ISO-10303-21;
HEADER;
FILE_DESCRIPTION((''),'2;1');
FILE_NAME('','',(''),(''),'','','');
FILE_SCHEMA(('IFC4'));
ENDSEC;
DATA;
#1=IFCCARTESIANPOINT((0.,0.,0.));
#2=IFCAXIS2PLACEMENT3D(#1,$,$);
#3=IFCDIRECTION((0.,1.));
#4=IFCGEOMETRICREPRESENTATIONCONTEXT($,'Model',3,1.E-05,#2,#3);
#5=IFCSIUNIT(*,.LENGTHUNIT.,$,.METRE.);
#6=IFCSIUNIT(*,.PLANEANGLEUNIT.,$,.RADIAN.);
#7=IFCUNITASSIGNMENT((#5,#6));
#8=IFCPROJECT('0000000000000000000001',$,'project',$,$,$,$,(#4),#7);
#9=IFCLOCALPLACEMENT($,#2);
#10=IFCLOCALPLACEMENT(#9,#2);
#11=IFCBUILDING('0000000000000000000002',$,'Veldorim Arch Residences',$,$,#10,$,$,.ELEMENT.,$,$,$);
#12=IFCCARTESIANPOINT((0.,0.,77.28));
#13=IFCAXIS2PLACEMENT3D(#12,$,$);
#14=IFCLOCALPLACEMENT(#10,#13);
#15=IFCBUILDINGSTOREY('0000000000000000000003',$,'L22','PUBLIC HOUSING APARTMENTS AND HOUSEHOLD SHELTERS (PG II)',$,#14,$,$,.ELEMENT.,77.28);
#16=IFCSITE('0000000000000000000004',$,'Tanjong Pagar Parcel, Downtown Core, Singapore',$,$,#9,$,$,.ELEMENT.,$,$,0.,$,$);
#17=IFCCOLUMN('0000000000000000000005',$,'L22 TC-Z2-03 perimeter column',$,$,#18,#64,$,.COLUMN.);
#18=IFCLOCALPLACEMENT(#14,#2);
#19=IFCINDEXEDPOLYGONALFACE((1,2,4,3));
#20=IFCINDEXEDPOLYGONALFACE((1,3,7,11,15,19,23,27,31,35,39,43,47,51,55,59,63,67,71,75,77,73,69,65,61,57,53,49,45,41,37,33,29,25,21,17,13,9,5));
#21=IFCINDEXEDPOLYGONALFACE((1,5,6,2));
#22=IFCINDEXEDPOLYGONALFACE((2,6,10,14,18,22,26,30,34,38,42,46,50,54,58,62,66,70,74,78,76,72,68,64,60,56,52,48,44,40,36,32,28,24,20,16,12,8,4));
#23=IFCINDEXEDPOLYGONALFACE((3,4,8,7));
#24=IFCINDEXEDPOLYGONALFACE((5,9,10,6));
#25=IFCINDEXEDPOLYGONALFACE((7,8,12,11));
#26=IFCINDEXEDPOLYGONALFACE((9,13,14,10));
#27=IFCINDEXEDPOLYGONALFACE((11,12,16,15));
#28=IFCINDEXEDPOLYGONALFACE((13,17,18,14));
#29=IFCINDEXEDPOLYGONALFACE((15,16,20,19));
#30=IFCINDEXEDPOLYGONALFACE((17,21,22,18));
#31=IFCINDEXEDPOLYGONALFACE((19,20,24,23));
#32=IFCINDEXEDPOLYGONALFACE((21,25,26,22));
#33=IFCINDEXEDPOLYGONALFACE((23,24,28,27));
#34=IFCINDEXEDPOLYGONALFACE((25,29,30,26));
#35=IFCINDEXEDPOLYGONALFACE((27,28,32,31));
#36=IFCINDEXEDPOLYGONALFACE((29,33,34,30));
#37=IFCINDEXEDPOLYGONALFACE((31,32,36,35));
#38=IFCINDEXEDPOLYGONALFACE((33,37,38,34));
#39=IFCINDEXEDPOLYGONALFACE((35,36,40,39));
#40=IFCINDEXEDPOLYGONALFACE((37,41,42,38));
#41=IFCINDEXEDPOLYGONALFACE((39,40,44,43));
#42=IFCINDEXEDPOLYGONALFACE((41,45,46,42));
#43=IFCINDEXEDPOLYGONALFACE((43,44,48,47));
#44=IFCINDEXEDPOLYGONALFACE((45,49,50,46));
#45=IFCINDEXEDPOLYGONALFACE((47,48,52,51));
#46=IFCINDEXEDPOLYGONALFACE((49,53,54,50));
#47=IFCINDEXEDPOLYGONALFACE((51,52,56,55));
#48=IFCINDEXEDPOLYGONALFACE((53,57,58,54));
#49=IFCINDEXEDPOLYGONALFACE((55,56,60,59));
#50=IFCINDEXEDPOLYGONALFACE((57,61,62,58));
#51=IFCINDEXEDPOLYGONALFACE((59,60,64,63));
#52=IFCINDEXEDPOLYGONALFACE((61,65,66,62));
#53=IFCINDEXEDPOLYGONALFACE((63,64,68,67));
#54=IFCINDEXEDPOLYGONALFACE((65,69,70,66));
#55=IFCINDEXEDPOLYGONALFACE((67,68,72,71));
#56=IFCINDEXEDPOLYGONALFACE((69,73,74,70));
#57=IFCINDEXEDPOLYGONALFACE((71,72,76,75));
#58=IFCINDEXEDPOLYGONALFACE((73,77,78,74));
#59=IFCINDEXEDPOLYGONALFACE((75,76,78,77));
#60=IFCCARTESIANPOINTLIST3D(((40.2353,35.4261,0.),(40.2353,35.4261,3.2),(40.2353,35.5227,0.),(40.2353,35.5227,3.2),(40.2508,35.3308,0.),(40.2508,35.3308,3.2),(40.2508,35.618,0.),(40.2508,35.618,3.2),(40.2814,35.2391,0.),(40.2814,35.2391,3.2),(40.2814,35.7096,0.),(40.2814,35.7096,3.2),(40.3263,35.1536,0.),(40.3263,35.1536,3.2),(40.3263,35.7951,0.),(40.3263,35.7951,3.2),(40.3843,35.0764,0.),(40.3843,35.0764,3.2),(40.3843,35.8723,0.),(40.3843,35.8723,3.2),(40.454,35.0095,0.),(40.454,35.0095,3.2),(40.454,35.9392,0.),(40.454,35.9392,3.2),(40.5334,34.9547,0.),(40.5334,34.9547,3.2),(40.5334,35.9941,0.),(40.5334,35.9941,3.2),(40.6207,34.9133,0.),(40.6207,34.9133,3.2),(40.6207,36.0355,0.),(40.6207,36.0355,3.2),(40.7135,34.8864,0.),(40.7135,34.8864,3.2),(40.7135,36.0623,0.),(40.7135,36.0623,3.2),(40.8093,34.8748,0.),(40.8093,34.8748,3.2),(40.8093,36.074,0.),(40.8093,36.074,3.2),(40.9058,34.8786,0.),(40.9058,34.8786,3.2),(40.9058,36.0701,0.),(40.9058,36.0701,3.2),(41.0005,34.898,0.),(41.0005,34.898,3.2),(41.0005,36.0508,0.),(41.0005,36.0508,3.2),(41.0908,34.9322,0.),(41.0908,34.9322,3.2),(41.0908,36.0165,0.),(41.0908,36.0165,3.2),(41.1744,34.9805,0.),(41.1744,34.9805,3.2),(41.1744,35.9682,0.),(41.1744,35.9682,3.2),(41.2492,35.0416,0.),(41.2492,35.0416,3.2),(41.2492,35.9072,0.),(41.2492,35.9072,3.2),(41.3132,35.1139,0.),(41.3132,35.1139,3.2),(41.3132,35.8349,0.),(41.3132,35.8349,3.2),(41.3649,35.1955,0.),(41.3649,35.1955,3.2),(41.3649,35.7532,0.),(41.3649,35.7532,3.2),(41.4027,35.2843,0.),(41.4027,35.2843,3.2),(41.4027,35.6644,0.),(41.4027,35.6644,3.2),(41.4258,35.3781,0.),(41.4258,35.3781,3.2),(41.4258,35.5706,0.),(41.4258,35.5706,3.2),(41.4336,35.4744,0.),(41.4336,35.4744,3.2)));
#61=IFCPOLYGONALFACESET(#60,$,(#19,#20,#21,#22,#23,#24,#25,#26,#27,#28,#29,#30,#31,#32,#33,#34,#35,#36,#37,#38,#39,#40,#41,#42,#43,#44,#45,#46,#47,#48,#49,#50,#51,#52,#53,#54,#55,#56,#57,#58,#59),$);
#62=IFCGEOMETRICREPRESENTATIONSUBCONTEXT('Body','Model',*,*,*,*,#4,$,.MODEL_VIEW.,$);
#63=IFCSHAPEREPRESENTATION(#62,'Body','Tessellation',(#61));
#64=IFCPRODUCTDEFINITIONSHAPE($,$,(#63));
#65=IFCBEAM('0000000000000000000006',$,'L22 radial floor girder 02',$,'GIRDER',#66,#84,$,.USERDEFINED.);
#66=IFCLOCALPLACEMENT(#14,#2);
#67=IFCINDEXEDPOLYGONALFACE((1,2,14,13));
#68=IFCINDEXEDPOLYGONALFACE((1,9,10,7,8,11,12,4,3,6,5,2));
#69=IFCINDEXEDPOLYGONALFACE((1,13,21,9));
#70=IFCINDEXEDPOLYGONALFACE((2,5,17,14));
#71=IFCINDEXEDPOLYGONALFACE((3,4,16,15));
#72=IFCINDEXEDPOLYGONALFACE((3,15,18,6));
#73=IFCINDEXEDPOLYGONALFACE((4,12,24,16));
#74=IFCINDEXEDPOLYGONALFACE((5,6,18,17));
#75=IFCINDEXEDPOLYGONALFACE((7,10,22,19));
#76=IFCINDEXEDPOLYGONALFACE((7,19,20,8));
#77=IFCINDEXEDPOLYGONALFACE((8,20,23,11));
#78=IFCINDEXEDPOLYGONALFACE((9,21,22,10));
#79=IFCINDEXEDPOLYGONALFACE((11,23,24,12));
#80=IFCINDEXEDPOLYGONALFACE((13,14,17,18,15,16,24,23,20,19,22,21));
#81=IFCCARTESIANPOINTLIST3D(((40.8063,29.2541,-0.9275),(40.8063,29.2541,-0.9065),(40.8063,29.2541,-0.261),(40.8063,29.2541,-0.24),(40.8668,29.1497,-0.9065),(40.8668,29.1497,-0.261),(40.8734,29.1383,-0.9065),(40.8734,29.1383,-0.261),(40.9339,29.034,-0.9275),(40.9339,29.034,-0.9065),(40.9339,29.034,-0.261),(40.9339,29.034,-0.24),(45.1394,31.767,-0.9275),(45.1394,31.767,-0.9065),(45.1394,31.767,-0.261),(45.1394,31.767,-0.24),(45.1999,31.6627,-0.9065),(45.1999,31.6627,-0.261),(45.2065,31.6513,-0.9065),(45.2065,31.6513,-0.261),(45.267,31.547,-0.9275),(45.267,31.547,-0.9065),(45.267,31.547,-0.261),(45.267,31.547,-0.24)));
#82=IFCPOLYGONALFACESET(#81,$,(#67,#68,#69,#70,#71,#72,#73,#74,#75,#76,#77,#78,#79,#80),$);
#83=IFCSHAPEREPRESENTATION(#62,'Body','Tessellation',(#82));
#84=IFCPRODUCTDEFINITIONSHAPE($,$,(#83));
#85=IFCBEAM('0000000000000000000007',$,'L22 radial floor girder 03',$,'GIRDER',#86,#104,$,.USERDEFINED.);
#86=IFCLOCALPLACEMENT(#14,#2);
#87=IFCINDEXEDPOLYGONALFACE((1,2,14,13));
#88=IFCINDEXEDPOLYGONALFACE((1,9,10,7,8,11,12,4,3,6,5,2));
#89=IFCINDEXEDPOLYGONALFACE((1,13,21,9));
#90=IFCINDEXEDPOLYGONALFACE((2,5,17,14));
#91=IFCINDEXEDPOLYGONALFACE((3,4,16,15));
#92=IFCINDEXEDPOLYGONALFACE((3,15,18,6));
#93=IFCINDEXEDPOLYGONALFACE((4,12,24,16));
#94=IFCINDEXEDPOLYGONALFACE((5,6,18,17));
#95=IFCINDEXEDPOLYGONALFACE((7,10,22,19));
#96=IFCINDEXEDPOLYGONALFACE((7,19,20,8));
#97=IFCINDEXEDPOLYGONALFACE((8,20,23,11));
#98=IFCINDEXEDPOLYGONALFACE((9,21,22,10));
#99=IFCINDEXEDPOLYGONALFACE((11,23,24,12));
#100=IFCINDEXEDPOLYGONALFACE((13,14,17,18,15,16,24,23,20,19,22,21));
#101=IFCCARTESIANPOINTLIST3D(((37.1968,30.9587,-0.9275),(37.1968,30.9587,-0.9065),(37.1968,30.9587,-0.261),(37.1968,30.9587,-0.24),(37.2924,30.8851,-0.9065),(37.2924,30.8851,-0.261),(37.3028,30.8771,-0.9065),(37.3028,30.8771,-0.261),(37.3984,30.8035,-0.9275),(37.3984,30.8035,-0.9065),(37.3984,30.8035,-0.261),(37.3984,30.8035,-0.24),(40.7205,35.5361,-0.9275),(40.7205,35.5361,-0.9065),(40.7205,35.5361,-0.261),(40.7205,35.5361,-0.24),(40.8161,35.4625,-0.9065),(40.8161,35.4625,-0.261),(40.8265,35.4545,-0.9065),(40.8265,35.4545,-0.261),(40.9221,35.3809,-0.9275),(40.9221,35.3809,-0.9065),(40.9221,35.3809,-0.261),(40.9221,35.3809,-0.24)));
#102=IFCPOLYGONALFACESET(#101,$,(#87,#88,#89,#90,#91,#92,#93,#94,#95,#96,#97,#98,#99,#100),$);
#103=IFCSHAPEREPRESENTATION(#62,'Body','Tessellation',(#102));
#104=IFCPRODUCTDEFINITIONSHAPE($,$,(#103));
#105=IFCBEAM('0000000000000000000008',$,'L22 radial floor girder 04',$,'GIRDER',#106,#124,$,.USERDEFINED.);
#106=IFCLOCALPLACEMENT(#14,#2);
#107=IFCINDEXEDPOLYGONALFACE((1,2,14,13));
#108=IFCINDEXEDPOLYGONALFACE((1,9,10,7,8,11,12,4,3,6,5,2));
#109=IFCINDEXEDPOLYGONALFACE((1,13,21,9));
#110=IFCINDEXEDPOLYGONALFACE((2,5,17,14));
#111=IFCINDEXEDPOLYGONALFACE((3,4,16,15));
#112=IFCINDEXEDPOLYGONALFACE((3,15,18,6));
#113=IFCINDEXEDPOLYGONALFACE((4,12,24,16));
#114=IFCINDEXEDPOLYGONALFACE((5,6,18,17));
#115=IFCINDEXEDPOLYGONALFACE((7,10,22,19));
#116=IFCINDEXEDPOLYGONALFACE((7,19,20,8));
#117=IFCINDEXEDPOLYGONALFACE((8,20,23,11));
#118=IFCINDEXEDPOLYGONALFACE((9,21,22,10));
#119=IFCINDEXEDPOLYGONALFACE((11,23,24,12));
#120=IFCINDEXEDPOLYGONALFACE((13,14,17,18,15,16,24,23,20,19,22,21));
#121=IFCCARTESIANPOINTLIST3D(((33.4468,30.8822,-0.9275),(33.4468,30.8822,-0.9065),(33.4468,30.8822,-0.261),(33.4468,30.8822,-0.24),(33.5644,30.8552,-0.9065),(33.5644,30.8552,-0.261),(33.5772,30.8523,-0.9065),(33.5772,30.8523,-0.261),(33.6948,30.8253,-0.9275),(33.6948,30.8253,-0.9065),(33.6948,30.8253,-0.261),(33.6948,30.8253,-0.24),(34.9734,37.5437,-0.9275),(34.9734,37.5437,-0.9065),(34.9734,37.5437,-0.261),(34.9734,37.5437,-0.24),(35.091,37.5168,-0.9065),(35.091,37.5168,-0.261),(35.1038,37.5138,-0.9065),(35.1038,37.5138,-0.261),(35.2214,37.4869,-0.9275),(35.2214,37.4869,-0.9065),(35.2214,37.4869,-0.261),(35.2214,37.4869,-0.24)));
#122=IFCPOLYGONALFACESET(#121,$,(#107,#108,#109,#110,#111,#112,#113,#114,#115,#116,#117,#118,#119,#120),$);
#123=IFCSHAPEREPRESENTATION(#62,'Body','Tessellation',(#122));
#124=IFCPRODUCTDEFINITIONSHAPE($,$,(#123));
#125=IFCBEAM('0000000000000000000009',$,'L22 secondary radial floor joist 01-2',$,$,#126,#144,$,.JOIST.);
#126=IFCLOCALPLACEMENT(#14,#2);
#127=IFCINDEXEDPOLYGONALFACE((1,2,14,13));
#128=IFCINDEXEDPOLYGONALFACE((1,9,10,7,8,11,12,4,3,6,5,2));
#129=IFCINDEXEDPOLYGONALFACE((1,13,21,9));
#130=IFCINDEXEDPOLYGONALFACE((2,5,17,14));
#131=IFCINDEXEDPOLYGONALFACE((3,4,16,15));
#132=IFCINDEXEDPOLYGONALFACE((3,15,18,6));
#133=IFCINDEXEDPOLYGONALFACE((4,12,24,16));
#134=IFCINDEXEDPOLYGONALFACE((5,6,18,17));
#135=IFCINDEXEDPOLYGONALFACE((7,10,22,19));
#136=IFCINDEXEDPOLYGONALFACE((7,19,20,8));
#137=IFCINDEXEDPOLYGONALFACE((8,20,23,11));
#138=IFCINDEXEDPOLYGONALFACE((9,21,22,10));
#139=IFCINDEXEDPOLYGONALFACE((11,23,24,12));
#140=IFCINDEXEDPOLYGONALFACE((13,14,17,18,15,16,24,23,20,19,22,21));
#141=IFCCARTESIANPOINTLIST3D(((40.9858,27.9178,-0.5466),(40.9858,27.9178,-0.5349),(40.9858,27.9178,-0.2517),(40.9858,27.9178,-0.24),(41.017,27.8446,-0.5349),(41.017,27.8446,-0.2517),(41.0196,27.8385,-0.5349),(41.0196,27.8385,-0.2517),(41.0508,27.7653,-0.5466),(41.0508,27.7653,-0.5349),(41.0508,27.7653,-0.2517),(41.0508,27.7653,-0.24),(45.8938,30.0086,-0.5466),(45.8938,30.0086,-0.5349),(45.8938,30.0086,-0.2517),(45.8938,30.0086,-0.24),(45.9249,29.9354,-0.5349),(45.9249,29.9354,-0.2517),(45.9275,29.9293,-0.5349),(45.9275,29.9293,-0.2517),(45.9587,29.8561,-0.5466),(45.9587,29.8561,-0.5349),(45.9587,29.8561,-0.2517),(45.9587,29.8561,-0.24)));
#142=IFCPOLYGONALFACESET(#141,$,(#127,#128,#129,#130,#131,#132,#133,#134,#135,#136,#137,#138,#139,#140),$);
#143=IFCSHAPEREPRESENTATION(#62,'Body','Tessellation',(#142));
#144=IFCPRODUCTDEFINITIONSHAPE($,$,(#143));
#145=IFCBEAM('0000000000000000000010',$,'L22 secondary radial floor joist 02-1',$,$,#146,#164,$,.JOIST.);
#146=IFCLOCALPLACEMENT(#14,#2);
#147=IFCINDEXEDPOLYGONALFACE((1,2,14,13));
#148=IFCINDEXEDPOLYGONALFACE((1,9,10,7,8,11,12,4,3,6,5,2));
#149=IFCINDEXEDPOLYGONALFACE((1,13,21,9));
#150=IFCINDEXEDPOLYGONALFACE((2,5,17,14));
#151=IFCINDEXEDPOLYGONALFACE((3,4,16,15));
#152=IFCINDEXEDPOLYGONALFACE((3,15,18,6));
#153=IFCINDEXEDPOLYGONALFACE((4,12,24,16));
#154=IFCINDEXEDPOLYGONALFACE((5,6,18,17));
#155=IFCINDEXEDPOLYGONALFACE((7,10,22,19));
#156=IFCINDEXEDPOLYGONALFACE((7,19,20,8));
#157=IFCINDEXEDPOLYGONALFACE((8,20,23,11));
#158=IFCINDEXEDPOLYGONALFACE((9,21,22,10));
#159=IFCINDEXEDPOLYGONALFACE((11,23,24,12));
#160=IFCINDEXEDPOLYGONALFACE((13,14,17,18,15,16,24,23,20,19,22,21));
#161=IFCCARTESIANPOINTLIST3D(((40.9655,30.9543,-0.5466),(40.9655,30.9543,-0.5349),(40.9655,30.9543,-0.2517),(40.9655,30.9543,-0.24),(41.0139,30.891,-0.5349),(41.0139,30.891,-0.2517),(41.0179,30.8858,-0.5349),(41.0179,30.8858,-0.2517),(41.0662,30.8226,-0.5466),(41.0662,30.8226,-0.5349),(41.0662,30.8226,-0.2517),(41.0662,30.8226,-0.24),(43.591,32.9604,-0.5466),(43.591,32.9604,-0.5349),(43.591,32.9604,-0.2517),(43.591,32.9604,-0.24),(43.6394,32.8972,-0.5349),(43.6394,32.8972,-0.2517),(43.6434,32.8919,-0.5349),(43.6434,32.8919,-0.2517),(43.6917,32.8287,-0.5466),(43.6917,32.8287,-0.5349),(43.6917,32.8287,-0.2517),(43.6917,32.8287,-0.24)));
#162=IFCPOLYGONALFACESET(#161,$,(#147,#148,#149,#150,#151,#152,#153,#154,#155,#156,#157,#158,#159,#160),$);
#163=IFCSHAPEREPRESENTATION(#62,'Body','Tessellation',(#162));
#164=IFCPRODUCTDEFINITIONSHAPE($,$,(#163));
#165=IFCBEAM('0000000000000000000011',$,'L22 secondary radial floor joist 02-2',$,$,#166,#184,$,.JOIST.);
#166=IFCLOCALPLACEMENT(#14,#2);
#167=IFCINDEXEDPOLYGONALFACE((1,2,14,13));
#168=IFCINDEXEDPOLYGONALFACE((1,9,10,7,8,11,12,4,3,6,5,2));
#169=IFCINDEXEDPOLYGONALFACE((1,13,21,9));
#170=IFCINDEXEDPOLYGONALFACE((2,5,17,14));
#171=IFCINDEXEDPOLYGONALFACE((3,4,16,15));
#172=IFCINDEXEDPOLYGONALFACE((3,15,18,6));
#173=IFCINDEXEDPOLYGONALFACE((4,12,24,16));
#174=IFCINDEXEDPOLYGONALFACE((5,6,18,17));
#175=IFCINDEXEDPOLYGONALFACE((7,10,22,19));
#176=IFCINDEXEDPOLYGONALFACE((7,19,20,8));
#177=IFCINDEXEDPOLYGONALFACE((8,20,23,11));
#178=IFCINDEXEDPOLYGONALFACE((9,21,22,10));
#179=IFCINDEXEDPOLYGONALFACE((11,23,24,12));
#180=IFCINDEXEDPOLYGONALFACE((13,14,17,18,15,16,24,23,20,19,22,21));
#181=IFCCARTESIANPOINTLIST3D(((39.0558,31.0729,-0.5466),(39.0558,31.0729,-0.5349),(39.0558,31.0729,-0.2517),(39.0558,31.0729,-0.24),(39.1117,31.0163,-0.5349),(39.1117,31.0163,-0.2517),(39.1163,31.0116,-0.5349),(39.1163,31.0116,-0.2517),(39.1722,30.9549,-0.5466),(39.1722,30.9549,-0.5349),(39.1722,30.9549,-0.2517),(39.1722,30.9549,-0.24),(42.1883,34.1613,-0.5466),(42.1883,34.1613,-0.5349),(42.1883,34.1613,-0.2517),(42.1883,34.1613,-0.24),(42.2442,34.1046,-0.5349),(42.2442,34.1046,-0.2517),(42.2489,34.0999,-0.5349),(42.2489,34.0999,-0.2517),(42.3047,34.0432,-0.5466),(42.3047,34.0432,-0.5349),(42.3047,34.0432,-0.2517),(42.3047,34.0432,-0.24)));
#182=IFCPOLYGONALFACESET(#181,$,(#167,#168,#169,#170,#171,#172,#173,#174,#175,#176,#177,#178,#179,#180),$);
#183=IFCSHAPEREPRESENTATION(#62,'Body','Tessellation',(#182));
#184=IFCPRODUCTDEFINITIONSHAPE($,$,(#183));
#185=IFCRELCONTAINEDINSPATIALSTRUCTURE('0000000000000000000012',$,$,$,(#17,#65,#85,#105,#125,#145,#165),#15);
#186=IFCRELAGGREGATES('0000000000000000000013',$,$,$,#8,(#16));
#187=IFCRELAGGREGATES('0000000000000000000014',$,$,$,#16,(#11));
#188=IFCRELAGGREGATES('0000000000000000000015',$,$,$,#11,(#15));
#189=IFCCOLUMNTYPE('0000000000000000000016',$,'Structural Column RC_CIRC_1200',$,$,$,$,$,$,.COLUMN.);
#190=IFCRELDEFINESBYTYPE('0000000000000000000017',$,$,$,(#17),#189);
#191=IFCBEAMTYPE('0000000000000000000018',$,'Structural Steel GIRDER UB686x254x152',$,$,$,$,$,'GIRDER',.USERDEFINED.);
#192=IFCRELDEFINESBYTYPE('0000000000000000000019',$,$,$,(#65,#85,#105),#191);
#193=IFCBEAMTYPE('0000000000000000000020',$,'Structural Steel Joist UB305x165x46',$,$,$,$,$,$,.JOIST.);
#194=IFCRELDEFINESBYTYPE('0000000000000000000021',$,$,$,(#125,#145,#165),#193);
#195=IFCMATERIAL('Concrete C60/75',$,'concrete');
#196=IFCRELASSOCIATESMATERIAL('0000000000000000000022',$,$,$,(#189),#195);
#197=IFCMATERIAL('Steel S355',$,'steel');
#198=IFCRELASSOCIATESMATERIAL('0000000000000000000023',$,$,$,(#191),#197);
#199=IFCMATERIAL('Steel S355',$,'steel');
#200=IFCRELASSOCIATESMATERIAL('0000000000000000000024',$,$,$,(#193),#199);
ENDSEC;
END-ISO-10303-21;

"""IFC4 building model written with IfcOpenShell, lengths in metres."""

from ifc_helpers import new_model, si_unit, direction, frame, origin, origin_2d, place, context, subcontext, project, spatial, circle, i_section, extrude, material, material_profile, profile_set, type_object, element, save


model = new_model("IFC4")

# Units and contexts
model_context = context("Model", 3, precision=1e-05, world=origin(), true_north=direction((0.0, 1.0)))
body_context = subcontext(model_context, "Body", "Model", "MODEL_VIEW")
ifc_project = project(units=[si_unit("LENGTHUNIT", "METRE"), si_unit("PLANEANGLEUNIT", "RADIAN")], contexts=[model_context])

# Site, building, storey
site_placement = place(None, origin())
site = spatial("IfcSite", under=ifc_project, at=site_placement, Name="Tanjong Pagar Parcel, Downtown Core, Singapore", CompositionType="ELEMENT", RefElevation=0.0)
building_placement = place(site_placement, origin())
building = spatial("IfcBuilding", under=site, at=building_placement, Name="Veldorim Arch Residences", CompositionType="ELEMENT")
storey_placement = place(building_placement, frame((0.0, 0.0, 77.28)))
storey = spatial("IfcBuildingStorey", under=building, at=storey_placement, Name="L22", Description="PUBLIC HOUSING APARTMENTS AND HOUSEHOLD SHELTERS (PG II)", CompositionType="ELEMENT", Elevation=77.28)

# Column
ifc_material_1 = material(Name="Concrete C60/75", Category="concrete")
ifc_material_profile_1 = material_profile(ifc_material_1, circle(Radius=0.6001, at=origin_2d()), Name="RC_CIRC_1200")
ifc_profile_set_1 = profile_set([ifc_material_profile_1], Name="Concrete C60/75")
column_type = type_object("IfcColumnType", Name="Structural Column RC_CIRC_1200", PredefinedType="COLUMN", material=ifc_profile_set_1)
column_placement = place(storey_placement, frame((40.8335, 35.4744, 0.0), z_axis=(0.0, 0.0, 1.0), x_axis=(1.0, 0.0, 0.0)))
element("IfcColumn", 1, at=column_placement, inside=storey, type_object=column_type, Name="L22 TC-Z2-03 perimeter column", PredefinedType="COLUMN", context=body_context, shape_type="SweptSolid", body=[
    extrude(circle(Radius=0.6001, at=origin_2d()), origin(), (0.0, 0.0, 1.0), 3.2),
])

# Beams
ifc_material_2 = material(Name="Steel S355", Category="steel")
ifc_material_profile_2 = material_profile(ifc_material_2, i_section(OverallWidth=0.2544, OverallDepth=0.6875, WebThickness=0.0132, FlangeThickness=0.021, at=origin_2d()), Name="UB686x254x152")
ifc_profile_set_2 = profile_set([ifc_material_profile_2], Name="Steel S355")
beam_type_1 = type_object("IfcBeamType", Name="Structural Steel GIRDER UB686x254x152", ElementType="GIRDER", PredefinedType="USERDEFINED", material=ifc_profile_set_2)
beam_1_placement = place(storey_placement, frame((40.8701, 29.144, -0.5837), z_axis=(0.865049, 0.501687, 0.0), x_axis=(-0.501687, 0.865049, 0.0)))
element("IfcBeam", 2, at=beam_1_placement, inside=storey, type_object=beam_type_1, Name="L22 radial floor girder 02", ObjectType="GIRDER", PredefinedType="USERDEFINED", context=body_context, shape_type="SweptSolid", body=[
    extrude(i_section(OverallWidth=0.2544, OverallDepth=0.6875, WebThickness=0.0132, FlangeThickness=0.021, at=origin_2d()), origin(), (0.0, 0.0, 1.0), 5.009),
])
beam_2_placement = place(storey_placement, frame((37.2976, 30.8811, -0.5837), z_axis=(0.609995, 0.792406, 0.0), x_axis=(-0.792406, 0.609995, 0.0)))
element("IfcBeam", 3, at=beam_2_placement, inside=storey, type_object=beam_type_1, Name="L22 radial floor girder 03", ObjectType="GIRDER", PredefinedType="USERDEFINED", context=body_context, shape_type="SweptSolid", body=[
    extrude(i_section(OverallWidth=0.2544, OverallDepth=0.6875, WebThickness=0.0132, FlangeThickness=0.021, at=origin_2d()), origin(), (0.0, 0.0, 1.0), 5.7766),
])
beam_3_placement = place(storey_placement, frame((33.5708, 30.8538, -0.5837), z_axis=(0.223375, 0.974733, 0.0), x_axis=(-0.974733, 0.223375, 0.0)))
element("IfcBeam", 4, at=beam_3_placement, inside=storey, type_object=beam_type_1, Name="L22 radial floor girder 04", ObjectType="GIRDER", PredefinedType="USERDEFINED", context=body_context, shape_type="SweptSolid", body=[
    extrude(i_section(OverallWidth=0.2544, OverallDepth=0.6875, WebThickness=0.0132, FlangeThickness=0.021, at=origin_2d()), origin(), (0.0, 0.0, 1.0), 6.8342),
])
ifc_material_3 = material(Name="Steel S355", Category="steel")
ifc_material_profile_3 = material_profile(ifc_material_3, i_section(OverallWidth=0.1658, OverallDepth=0.3066, WebThickness=0.0066, FlangeThickness=0.0117, at=origin_2d()), Name="UB305x165x46")
ifc_profile_set_3 = profile_set([ifc_material_profile_3], Name="Steel S355")
beam_type_2 = type_object("IfcBeamType", Name="Structural Steel Joist UB305x165x46", PredefinedType="JOIST", material=ifc_profile_set_3)
beam_4_placement = place(storey_placement, frame((41.0183, 27.8416, -0.3933), z_axis=(0.919997, 0.391924, 0.0), x_axis=(-0.391924, 0.919997, 0.0)))
element("IfcBeam", 5, at=beam_4_placement, inside=storey, type_object=beam_type_2, Name="L22 secondary radial floor joist 01-2", PredefinedType="JOIST", context=body_context, shape_type="SweptSolid", body=[
    extrude(i_section(OverallWidth=0.1658, OverallDepth=0.3066, WebThickness=0.0066, FlangeThickness=0.0117, at=origin_2d()), origin(), (0.0, 0.0, 1.0), 5.3347),
])
beam_5_placement = place(storey_placement, frame((41.0159, 30.8884, -0.3933), z_axis=(0.794595, 0.60714, 0.0), x_axis=(-0.60714, 0.794595, 0.0)))
element("IfcBeam", 6, at=beam_5_placement, inside=storey, type_object=beam_type_2, Name="L22 secondary radial floor joist 02-1", PredefinedType="JOIST", context=body_context, shape_type="SweptSolid", body=[
    extrude(i_section(OverallWidth=0.1658, OverallDepth=0.3066, WebThickness=0.0066, FlangeThickness=0.0117, at=origin_2d()), origin(), (0.0, 0.0, 1.0), 3.3042),
])
beam_6_placement = place(storey_placement, frame((39.114, 31.0139, -0.3933), z_axis=(0.712112, 0.702066, 0.0), x_axis=(-0.702066, 0.712112, 0.0)))
element("IfcBeam", 7, at=beam_6_placement, inside=storey, type_object=beam_type_2, Name="L22 secondary radial floor joist 02-2", PredefinedType="JOIST", context=body_context, shape_type="SweptSolid", body=[
    extrude(i_section(OverallWidth=0.1658, OverallDepth=0.3066, WebThickness=0.0066, FlangeThickness=0.0117, at=origin_2d()), origin(), (0.0, 0.0, 1.0), 4.3989),
])

save(model, "model.ifc")
